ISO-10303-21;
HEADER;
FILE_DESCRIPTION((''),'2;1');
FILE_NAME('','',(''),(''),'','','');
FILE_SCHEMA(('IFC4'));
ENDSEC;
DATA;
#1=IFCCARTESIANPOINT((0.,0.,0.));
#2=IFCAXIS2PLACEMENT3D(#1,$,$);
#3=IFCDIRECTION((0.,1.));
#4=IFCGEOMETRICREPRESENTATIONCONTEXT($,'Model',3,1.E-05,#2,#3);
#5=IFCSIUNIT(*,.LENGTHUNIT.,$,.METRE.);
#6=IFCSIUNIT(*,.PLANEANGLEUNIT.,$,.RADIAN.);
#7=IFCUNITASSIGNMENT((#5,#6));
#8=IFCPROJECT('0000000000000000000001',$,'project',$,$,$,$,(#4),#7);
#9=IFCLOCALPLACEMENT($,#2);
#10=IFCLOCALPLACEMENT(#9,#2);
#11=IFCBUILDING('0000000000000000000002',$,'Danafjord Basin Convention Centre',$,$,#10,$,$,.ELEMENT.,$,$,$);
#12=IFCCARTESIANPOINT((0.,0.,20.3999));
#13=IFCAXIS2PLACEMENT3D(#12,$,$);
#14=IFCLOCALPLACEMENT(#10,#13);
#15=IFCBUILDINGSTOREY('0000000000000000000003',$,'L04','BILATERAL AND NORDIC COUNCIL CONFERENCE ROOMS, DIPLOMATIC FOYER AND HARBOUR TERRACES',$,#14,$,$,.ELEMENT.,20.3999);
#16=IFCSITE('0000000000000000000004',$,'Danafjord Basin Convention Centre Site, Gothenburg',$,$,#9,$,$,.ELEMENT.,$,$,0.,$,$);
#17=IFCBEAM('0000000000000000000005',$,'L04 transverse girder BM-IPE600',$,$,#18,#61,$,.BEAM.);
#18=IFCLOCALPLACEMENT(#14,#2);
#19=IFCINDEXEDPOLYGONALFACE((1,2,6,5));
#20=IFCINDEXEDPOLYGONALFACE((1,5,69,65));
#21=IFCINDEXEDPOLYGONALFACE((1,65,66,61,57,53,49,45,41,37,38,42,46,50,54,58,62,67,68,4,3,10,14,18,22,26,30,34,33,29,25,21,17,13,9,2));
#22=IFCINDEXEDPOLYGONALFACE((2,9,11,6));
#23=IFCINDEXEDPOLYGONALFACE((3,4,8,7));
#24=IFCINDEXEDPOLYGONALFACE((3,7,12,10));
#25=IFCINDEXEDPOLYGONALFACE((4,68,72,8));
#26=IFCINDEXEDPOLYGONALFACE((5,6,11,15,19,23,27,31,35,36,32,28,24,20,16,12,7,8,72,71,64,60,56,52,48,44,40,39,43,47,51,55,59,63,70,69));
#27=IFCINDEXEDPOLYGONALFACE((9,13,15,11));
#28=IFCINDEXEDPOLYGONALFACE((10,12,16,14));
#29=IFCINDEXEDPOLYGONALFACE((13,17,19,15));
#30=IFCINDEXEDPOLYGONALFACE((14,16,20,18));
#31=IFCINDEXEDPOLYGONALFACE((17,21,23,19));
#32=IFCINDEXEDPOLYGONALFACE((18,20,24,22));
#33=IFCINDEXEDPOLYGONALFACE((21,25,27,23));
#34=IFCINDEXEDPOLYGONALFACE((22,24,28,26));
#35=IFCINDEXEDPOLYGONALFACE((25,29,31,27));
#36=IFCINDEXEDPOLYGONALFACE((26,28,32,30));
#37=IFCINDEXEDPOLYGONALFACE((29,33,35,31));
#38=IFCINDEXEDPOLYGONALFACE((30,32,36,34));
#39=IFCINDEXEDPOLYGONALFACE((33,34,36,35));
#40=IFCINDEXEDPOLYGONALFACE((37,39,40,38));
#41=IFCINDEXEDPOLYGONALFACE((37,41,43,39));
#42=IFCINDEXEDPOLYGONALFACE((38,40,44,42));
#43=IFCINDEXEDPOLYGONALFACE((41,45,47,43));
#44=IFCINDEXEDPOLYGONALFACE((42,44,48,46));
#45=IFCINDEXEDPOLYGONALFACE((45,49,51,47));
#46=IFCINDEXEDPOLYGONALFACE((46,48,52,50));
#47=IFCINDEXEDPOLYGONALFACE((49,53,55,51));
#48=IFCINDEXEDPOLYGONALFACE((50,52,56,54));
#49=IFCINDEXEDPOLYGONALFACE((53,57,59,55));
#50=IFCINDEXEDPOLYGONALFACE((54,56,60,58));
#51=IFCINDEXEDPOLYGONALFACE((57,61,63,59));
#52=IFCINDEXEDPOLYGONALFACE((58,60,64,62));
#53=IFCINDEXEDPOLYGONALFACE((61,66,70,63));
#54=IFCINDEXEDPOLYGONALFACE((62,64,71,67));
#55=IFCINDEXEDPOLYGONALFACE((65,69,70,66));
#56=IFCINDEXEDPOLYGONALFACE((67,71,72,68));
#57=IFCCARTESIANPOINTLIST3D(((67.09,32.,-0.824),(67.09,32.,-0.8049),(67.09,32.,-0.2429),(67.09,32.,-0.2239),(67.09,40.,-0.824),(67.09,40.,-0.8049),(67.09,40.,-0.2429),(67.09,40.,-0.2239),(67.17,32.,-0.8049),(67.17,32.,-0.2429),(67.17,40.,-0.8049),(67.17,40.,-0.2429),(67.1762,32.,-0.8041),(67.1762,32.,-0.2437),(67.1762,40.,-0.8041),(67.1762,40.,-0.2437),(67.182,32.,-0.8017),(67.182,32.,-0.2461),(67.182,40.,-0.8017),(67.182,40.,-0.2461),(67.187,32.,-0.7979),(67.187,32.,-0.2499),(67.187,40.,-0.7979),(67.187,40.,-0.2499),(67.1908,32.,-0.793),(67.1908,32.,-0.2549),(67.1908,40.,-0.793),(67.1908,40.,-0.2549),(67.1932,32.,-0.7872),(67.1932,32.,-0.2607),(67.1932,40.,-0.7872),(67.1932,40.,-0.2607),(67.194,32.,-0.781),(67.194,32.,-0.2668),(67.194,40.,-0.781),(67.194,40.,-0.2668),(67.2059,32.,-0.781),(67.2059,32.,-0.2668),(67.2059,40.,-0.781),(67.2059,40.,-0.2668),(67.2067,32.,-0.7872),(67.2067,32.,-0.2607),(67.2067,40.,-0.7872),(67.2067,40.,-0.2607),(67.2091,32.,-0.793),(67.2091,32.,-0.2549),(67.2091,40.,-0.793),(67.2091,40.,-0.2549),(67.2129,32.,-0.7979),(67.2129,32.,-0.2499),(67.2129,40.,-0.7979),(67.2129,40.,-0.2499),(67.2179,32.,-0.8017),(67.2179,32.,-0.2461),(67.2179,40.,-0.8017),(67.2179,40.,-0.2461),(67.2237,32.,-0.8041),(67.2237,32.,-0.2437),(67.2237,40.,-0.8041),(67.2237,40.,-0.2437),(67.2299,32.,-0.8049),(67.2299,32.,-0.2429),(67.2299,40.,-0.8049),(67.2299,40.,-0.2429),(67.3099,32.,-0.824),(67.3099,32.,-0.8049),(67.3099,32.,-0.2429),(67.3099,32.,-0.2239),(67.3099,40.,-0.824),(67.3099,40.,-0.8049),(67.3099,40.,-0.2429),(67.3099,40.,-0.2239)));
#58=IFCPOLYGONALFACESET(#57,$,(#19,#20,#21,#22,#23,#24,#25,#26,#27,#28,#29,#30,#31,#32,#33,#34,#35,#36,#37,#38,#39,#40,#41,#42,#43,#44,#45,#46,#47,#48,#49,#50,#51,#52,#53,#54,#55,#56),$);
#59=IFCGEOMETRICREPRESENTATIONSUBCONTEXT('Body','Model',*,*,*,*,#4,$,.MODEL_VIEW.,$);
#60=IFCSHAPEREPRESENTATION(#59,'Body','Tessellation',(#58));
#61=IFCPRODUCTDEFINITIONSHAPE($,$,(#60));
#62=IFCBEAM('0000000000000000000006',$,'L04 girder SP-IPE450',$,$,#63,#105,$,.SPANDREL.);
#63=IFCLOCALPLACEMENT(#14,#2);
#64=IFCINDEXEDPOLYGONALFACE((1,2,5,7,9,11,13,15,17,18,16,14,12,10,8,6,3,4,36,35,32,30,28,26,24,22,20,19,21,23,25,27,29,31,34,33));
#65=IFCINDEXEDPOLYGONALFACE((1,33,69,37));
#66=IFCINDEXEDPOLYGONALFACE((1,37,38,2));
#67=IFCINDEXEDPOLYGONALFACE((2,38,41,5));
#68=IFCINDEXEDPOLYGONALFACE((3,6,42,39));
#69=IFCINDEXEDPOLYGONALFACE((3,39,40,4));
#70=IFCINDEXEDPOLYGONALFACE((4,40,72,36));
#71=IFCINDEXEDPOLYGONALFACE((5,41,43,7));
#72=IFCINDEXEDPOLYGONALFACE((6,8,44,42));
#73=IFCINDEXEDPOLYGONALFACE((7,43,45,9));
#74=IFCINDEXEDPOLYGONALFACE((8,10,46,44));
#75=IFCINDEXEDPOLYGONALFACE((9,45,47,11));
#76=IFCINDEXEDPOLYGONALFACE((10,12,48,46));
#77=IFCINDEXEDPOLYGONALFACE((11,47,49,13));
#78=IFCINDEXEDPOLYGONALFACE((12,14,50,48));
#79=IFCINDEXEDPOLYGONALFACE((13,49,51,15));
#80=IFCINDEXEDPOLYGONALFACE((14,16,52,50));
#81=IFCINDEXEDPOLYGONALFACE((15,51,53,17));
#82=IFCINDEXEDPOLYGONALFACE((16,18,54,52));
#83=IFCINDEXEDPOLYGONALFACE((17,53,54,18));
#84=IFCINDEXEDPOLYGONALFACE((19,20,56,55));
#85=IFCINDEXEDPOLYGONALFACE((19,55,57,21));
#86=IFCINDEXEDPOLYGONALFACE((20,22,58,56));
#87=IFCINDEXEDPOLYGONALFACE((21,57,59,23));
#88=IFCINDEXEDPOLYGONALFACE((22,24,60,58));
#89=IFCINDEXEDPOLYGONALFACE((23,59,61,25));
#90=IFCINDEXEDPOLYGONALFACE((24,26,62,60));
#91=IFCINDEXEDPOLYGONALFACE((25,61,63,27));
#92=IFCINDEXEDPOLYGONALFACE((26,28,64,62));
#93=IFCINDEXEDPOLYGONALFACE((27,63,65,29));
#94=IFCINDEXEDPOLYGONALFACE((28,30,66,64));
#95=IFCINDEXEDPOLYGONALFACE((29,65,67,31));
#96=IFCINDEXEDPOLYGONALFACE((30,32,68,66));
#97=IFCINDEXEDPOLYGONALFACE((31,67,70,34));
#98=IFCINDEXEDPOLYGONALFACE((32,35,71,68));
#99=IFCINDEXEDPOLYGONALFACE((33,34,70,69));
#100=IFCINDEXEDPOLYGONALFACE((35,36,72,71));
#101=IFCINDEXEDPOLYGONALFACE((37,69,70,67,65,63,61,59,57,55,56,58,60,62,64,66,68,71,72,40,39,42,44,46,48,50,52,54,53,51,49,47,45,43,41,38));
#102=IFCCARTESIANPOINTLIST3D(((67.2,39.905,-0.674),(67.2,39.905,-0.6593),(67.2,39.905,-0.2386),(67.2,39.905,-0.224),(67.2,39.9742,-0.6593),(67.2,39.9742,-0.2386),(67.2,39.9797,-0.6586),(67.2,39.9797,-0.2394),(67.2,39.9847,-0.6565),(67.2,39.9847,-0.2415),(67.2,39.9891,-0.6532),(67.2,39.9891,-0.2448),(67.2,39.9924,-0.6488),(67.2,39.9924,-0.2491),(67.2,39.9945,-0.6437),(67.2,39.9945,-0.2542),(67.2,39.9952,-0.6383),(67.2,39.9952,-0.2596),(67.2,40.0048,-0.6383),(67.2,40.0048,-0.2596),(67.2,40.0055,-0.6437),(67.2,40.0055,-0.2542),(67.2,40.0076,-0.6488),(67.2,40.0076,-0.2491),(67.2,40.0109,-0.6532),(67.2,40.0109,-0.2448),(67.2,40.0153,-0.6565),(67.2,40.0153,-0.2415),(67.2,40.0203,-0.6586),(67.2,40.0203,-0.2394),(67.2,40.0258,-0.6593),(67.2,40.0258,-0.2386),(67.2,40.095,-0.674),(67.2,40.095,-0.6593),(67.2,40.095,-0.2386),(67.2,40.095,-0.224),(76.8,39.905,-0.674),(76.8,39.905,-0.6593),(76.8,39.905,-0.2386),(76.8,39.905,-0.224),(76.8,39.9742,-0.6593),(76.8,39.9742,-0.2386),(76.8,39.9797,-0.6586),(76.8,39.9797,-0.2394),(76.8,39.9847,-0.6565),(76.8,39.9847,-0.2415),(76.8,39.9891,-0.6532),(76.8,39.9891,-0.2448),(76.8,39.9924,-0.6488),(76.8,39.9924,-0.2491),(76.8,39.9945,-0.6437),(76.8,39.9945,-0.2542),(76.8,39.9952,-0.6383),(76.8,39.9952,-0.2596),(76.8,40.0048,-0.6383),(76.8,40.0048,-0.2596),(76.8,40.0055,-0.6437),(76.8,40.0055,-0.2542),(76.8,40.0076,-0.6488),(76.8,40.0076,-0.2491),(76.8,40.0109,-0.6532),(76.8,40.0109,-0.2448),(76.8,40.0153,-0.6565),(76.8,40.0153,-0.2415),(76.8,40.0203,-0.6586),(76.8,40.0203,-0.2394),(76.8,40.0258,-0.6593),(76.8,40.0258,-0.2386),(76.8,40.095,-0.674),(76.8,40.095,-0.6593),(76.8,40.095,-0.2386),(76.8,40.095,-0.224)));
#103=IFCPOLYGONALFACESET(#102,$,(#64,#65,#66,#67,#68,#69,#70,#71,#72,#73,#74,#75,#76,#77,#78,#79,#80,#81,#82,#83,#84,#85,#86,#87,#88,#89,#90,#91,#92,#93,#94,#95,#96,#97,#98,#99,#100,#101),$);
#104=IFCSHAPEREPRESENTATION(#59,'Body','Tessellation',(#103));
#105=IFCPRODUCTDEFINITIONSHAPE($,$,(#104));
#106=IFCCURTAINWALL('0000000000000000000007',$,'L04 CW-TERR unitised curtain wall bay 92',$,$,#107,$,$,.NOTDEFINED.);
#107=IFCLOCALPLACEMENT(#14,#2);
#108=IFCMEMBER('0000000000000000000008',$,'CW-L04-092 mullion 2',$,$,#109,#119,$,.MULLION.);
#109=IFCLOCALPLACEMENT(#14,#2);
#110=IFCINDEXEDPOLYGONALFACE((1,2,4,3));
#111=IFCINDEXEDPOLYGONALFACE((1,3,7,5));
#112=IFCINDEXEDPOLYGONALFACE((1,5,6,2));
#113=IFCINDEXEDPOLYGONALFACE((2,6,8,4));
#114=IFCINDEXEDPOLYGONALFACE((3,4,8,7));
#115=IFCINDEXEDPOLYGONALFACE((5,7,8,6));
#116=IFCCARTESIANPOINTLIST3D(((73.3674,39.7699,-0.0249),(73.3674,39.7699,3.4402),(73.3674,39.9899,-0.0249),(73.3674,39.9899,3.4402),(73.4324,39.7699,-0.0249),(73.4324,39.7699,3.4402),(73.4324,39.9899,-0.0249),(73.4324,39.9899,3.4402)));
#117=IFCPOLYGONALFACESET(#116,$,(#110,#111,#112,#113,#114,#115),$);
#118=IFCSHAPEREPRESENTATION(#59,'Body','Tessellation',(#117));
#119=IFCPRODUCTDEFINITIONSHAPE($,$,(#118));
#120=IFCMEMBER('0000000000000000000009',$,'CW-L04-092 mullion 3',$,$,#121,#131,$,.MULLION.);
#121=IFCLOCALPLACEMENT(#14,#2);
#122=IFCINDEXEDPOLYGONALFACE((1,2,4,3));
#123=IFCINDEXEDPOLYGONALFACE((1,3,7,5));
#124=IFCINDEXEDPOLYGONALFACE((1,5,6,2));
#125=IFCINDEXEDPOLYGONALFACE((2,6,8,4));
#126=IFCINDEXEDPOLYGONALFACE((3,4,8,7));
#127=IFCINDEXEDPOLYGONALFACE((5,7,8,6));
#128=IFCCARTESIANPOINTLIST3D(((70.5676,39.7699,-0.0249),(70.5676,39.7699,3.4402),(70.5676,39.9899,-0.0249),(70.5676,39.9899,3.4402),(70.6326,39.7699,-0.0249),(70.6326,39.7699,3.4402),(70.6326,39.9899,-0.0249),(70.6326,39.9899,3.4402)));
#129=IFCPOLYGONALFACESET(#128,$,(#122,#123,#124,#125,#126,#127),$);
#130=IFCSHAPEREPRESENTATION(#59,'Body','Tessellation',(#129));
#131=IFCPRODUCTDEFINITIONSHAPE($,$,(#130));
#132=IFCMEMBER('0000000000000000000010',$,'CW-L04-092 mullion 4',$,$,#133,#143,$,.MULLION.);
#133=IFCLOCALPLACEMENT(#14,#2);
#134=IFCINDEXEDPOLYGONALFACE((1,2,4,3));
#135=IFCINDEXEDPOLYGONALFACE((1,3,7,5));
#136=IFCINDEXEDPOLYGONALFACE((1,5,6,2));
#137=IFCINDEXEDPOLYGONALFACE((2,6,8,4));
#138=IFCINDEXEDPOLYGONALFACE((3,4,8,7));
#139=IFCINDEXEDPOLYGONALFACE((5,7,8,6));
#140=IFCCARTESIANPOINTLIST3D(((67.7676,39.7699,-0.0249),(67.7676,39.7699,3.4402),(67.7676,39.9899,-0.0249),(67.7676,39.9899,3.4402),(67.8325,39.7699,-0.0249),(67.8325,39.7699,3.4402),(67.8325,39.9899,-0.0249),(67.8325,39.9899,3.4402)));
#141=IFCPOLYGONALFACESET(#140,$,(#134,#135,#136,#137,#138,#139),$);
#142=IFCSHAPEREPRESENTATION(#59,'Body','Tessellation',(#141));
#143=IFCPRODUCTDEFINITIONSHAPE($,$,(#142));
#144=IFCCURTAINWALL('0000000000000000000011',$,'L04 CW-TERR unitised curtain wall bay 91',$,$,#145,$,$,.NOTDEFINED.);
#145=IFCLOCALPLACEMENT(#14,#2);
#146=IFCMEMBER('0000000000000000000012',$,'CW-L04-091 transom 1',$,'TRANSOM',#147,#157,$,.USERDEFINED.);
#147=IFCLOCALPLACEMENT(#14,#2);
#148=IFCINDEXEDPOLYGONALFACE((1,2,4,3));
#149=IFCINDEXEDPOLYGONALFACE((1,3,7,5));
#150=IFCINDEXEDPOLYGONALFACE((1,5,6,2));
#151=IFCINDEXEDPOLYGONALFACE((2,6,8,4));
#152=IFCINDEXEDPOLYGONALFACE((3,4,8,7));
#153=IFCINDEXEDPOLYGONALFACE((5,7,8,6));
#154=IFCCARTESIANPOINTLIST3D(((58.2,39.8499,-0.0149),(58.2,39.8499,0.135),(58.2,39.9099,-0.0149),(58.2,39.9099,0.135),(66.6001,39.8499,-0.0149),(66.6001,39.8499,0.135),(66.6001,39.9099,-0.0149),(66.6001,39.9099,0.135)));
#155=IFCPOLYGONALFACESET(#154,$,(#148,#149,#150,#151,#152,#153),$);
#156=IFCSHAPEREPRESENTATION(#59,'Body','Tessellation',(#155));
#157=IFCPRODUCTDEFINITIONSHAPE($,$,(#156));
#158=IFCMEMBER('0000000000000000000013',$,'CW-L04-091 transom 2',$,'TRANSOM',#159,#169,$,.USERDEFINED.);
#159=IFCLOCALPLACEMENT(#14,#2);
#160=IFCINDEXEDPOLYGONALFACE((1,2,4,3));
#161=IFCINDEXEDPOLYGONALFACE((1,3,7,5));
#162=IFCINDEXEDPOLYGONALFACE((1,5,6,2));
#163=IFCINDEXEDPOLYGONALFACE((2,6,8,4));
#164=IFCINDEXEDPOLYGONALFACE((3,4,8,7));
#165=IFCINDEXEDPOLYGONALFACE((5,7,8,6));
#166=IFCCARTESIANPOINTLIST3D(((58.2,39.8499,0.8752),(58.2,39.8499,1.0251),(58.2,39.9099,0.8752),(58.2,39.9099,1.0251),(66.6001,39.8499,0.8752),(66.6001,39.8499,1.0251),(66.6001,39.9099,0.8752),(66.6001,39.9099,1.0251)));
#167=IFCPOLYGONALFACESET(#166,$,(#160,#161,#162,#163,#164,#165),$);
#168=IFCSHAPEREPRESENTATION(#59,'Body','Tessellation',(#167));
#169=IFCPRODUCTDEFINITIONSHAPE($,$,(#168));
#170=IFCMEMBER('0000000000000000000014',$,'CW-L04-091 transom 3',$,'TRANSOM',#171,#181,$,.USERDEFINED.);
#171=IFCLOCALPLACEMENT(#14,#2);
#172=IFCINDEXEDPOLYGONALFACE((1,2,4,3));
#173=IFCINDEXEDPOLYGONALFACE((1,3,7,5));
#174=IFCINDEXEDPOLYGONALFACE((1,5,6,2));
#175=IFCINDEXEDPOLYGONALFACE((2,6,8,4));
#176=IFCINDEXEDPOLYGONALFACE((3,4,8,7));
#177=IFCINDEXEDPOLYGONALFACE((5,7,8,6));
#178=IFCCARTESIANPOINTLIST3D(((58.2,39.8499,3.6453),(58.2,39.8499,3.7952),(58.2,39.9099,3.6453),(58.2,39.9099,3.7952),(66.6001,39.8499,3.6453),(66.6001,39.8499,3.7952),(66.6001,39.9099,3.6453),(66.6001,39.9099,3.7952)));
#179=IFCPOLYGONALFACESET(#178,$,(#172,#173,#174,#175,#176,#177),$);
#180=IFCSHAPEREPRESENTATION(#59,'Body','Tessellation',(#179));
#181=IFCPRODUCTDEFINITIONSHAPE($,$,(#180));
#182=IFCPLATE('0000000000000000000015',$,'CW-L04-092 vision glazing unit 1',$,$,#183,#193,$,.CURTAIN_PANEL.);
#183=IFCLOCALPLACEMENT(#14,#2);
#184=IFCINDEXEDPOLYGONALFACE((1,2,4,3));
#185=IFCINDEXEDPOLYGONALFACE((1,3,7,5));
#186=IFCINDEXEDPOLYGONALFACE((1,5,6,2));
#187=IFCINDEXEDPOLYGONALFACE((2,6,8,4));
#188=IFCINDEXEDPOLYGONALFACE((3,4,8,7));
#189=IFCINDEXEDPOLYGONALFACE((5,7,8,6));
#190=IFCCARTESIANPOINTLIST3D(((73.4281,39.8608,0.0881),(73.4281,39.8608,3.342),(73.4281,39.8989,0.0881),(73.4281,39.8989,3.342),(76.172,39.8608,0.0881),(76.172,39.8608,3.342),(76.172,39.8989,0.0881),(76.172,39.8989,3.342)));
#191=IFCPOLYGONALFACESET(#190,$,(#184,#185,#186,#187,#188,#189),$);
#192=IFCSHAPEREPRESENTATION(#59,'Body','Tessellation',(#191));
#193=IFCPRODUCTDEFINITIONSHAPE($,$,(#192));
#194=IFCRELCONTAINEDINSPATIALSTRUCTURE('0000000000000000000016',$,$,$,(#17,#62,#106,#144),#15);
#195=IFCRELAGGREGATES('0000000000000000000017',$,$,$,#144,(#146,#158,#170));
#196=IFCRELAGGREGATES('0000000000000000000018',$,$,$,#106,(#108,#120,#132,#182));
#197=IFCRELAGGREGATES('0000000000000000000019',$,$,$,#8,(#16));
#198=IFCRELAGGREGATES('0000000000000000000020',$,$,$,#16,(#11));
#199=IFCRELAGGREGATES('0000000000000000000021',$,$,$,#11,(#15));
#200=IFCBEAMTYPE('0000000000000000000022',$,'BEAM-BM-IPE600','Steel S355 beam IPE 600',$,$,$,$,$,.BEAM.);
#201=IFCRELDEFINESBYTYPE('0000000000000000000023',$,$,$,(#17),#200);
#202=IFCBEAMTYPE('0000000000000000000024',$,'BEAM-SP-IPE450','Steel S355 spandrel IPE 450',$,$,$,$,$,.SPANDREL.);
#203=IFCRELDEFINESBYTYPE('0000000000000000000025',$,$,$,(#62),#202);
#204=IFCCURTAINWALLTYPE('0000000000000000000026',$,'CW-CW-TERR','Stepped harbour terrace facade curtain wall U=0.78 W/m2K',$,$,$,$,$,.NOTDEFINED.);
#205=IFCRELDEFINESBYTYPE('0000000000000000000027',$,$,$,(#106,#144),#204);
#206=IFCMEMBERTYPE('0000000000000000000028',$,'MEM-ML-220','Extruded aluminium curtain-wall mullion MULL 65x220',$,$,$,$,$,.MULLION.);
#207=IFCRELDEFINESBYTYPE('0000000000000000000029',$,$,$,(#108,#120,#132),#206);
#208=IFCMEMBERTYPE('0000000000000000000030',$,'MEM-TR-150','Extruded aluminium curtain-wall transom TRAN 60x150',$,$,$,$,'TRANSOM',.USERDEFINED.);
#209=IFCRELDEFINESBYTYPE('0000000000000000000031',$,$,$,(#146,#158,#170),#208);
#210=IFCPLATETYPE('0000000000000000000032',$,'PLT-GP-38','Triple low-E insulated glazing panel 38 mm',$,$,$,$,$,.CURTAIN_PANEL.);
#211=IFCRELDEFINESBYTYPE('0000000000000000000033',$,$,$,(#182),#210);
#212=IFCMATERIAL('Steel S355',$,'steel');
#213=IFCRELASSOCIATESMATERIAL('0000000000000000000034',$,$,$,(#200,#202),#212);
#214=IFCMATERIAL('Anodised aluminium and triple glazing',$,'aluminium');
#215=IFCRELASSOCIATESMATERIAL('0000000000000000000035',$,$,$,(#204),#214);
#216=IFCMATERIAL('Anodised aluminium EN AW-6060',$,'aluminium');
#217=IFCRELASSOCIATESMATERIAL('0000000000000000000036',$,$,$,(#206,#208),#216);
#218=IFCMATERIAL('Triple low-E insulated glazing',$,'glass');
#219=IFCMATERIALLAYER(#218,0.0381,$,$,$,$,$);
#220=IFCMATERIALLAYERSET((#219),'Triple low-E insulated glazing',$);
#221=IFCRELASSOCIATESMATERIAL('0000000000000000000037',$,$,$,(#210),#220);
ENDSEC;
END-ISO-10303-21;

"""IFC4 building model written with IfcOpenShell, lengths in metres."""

from ifc_helpers import new_model, si_unit, direction, frame, origin, origin_2d, place, context, subcontext, project, spatial, rectangle, i_section, extrude, material, layer, layer_set, material_profile, profile_set, type_object, element, aggregate, save


model = new_model("IFC4")

# Units and contexts
model_context = context("Model", 3, precision=1e-05, world=origin(), true_north=direction((0.0, 1.0)))
body_context = subcontext(model_context, "Body", "Model", "MODEL_VIEW")
ifc_project = project(units=[si_unit("LENGTHUNIT", "METRE"), si_unit("PLANEANGLEUNIT", "RADIAN")], contexts=[model_context])

# Site, building, storey
site_placement = place(None, origin())
site = spatial("IfcSite", under=ifc_project, at=site_placement, Name="Danafjord Basin Convention Centre Site, Gothenburg", CompositionType="ELEMENT", RefElevation=0.0)
building_placement = place(site_placement, origin())
building = spatial("IfcBuilding", under=site, at=building_placement, Name="Danafjord Basin Convention Centre", CompositionType="ELEMENT")
storey_placement = place(building_placement, frame((0.0, 0.0, 20.3999)))
storey = spatial("IfcBuildingStorey", under=building, at=storey_placement, Name="L04", Description="BILATERAL AND NORDIC COUNCIL CONFERENCE ROOMS, DIPLOMATIC FOYER AND HARBOUR TERRACES", CompositionType="ELEMENT", Elevation=20.3999)

# Shared definitions
ifc_material_1 = material(Name="Steel S355", Category="steel")

# Beams
ifc_material_profile_1 = material_profile(ifc_material_1, i_section(OverallWidth=0.22, OverallDepth=0.6001, WebThickness=0.012, FlangeThickness=0.019, FilletRadius=0.0239, at=origin_2d()), Name="IPE 600")
ifc_profile_set_1 = profile_set([ifc_material_profile_1], Name="Steel S355")
beam_type_1 = type_object("IfcBeamType", Name="BEAM-BM-IPE600", Description="Steel S355 beam IPE 600", PredefinedType="BEAM", material=ifc_profile_set_1)
beam_1_placement = place(storey_placement, frame((67.2, 32.0, -0.5239), z_axis=(0.0, 1.0, 0.0), x_axis=(-1.0, 0.0, 0.0)))
element("IfcBeam", 1, at=beam_1_placement, inside=storey, type_object=beam_type_1, Name="L04 transverse girder BM-IPE600", PredefinedType="BEAM", context=body_context, shape_type="SweptSolid", body=[
    extrude(i_section(OverallWidth=0.22, OverallDepth=0.6001, WebThickness=0.012, FlangeThickness=0.019, FilletRadius=0.0239, at=origin_2d()), origin(), (0.0, 0.0, 1.0), 8.0),
])
ifc_material_profile_2 = material_profile(ifc_material_1, i_section(OverallWidth=0.1899, OverallDepth=0.45, WebThickness=0.0095, FlangeThickness=0.0146, FilletRadius=0.021, at=origin_2d()), Name="IPE 450")
ifc_profile_set_2 = profile_set([ifc_material_profile_2], Name="Steel S355")
beam_type_2 = type_object("IfcBeamType", Name="BEAM-SP-IPE450", Description="Steel S355 spandrel IPE 450", PredefinedType="SPANDREL", material=ifc_profile_set_2)
beam_2_placement = place(storey_placement, frame((67.2, 40.0, -0.449), z_axis=(1.0, 0.0, 0.0), x_axis=(0.0, 1.0, 0.0)))
element("IfcBeam", 2, at=beam_2_placement, inside=storey, type_object=beam_type_2, Name="L04 girder SP-IPE450", PredefinedType="SPANDREL", context=body_context, shape_type="SweptSolid", body=[
    extrude(i_section(OverallWidth=0.1899, OverallDepth=0.45, WebThickness=0.0095, FlangeThickness=0.0146, FilletRadius=0.021, at=origin_2d()), origin(), (0.0, 0.0, 1.0), 9.6001),
])

# Curtain walls, members
ifc_material_2 = material(Name="Anodised aluminium and triple glazing", Category="aluminium")
curtain_wall_type = type_object("IfcCurtainWallType", Name="CW-CW-TERR", Description="Stepped harbour terrace facade curtain wall U=0.78 W/m2K", PredefinedType="NOTDEFINED", material=ifc_material_2)
curtain_wall_1_placement = place(storey_placement, origin())
curtain_wall_1 = element("IfcCurtainWall", 3, at=curtain_wall_1_placement, inside=storey, type_object=curtain_wall_type, Name="L04 CW-TERR unitised curtain wall bay 92", PredefinedType="NOTDEFINED")
ifc_material_3 = material(Name="Anodised aluminium EN AW-6060", Category="aluminium")
ifc_material_profile_3 = material_profile(ifc_material_3, rectangle(XDim=0.0649, YDim=0.22, at=origin_2d()), Name="MULL 65x220")
ifc_profile_set_3 = profile_set([ifc_material_profile_3], Name="Anodised aluminium EN AW-6060")
member_type_1 = type_object("IfcMemberType", Name="MEM-ML-220", Description="Extruded aluminium curtain-wall mullion MULL 65x220", PredefinedType="MULLION", material=ifc_profile_set_3)
member_1_placement = place(storey_placement, frame((73.3999, 39.8799, -0.0249), z_axis=(0.0, 0.0, 1.0), x_axis=(-1.0, 0.0, 0.0)))
member_1 = element("IfcMember", 4, at=member_1_placement, type_object=member_type_1, Name="CW-L04-092 mullion 2", PredefinedType="MULLION", context=body_context, shape_type="SweptSolid", body=[
    extrude(rectangle(XDim=0.0649, YDim=0.22, at=origin_2d()), origin(), (0.0, 0.0, 1.0), 3.4651),
])
member_2_placement = place(storey_placement, frame((70.6001, 39.8799, -0.0249), z_axis=(0.0, 0.0, 1.0), x_axis=(-1.0, 0.0, 0.0)))
member_2 = element("IfcMember", 5, at=member_2_placement, type_object=member_type_1, Name="CW-L04-092 mullion 3", PredefinedType="MULLION", context=body_context, shape_type="SweptSolid", body=[
    extrude(rectangle(XDim=0.0649, YDim=0.22, at=origin_2d()), origin(), (0.0, 0.0, 1.0), 3.4651),
])
member_3_placement = place(storey_placement, frame((67.8, 39.8799, -0.0249), z_axis=(0.0, 0.0, 1.0), x_axis=(-1.0, 0.0, 0.0)))
member_3 = element("IfcMember", 6, at=member_3_placement, type_object=member_type_1, Name="CW-L04-092 mullion 4", PredefinedType="MULLION", context=body_context, shape_type="SweptSolid", body=[
    extrude(rectangle(XDim=0.0649, YDim=0.22, at=origin_2d()), origin(), (0.0, 0.0, 1.0), 3.4651),
])
curtain_wall_2_placement = place(storey_placement, origin())
curtain_wall_2 = element("IfcCurtainWall", 7, at=curtain_wall_2_placement, inside=storey, type_object=curtain_wall_type, Name="L04 CW-TERR unitised curtain wall bay 91", PredefinedType="NOTDEFINED")
ifc_material_profile_4 = material_profile(ifc_material_3, rectangle(XDim=0.0601, YDim=0.1499, at=origin_2d()), Name="TRAN 60x150")
ifc_profile_set_4 = profile_set([ifc_material_profile_4], Name="Anodised aluminium EN AW-6060")
member_type_2 = type_object("IfcMemberType", Name="MEM-TR-150", Description="Extruded aluminium curtain-wall transom TRAN 60x150", ElementType="TRANSOM", PredefinedType="USERDEFINED", material=ifc_profile_set_4)
member_4_placement = place(storey_placement, frame((66.6001, 39.8799, 0.0601), z_axis=(-1.0, 0.0, 0.0), x_axis=(0.0, -1.0, 0.0)))
member_4 = element("IfcMember", 8, at=member_4_placement, type_object=member_type_2, Name="CW-L04-091 transom 1", ObjectType="TRANSOM", PredefinedType="USERDEFINED", context=body_context, shape_type="SweptSolid", body=[
    extrude(rectangle(XDim=0.0601, YDim=0.1499, at=origin_2d()), origin(), (0.0, 0.0, 1.0), 8.4001),
])
member_5_placement = place(storey_placement, frame((66.6001, 39.8799, 0.9502), z_axis=(-1.0, 0.0, 0.0), x_axis=(0.0, -1.0, 0.0)))
member_5 = element("IfcMember", 9, at=member_5_placement, type_object=member_type_2, Name="CW-L04-091 transom 2", ObjectType="TRANSOM", PredefinedType="USERDEFINED", context=body_context, shape_type="SweptSolid", body=[
    extrude(rectangle(XDim=0.0601, YDim=0.1499, at=origin_2d()), origin(), (0.0, 0.0, 1.0), 8.4001),
])
member_6_placement = place(storey_placement, frame((66.6001, 39.8799, 3.7202), z_axis=(-1.0, 0.0, 0.0), x_axis=(0.0, -1.0, 0.0)))
member_6 = element("IfcMember", 10, at=member_6_placement, type_object=member_type_2, Name="CW-L04-091 transom 3", ObjectType="TRANSOM", PredefinedType="USERDEFINED", context=body_context, shape_type="SweptSolid", body=[
    extrude(rectangle(XDim=0.0601, YDim=0.1499, at=origin_2d()), origin(), (0.0, 0.0, 1.0), 8.4001),
])
aggregate(curtain_wall_2, [member_4, member_5, member_6])

# Plate
ifc_material_4 = material(Name="Triple low-E insulated glazing", Category="glass")
ifc_layer_1 = layer(ifc_material_4, 0.0381)
ifc_layer_set_1 = layer_set([ifc_layer_1], Name="Triple low-E insulated glazing")
plate_type = type_object("IfcPlateType", Name="PLT-GP-38", Description="Triple low-E insulated glazing panel 38 mm", PredefinedType="CURTAIN_PANEL", material=ifc_layer_set_1)
plate_1_placement = place(storey_placement, frame((74.8, 39.8799, 0.0881), z_axis=(0.0, 0.0, 1.0), x_axis=(-1.0, 0.0, 0.0)))
plate_1 = element("IfcPlate", 11, at=plate_1_placement, type_object=plate_type, Name="CW-L04-092 vision glazing unit 1", PredefinedType="CURTAIN_PANEL", context=body_context, shape_type="SweptSolid", body=[
    extrude(rectangle(XDim=2.7439, YDim=0.0381, at=origin_2d()), origin(), (0.0, 0.0, 1.0), 3.2539),
])
aggregate(curtain_wall_1, [member_1, member_2, member_3, plate_1])

save(model, "model.ifc")
